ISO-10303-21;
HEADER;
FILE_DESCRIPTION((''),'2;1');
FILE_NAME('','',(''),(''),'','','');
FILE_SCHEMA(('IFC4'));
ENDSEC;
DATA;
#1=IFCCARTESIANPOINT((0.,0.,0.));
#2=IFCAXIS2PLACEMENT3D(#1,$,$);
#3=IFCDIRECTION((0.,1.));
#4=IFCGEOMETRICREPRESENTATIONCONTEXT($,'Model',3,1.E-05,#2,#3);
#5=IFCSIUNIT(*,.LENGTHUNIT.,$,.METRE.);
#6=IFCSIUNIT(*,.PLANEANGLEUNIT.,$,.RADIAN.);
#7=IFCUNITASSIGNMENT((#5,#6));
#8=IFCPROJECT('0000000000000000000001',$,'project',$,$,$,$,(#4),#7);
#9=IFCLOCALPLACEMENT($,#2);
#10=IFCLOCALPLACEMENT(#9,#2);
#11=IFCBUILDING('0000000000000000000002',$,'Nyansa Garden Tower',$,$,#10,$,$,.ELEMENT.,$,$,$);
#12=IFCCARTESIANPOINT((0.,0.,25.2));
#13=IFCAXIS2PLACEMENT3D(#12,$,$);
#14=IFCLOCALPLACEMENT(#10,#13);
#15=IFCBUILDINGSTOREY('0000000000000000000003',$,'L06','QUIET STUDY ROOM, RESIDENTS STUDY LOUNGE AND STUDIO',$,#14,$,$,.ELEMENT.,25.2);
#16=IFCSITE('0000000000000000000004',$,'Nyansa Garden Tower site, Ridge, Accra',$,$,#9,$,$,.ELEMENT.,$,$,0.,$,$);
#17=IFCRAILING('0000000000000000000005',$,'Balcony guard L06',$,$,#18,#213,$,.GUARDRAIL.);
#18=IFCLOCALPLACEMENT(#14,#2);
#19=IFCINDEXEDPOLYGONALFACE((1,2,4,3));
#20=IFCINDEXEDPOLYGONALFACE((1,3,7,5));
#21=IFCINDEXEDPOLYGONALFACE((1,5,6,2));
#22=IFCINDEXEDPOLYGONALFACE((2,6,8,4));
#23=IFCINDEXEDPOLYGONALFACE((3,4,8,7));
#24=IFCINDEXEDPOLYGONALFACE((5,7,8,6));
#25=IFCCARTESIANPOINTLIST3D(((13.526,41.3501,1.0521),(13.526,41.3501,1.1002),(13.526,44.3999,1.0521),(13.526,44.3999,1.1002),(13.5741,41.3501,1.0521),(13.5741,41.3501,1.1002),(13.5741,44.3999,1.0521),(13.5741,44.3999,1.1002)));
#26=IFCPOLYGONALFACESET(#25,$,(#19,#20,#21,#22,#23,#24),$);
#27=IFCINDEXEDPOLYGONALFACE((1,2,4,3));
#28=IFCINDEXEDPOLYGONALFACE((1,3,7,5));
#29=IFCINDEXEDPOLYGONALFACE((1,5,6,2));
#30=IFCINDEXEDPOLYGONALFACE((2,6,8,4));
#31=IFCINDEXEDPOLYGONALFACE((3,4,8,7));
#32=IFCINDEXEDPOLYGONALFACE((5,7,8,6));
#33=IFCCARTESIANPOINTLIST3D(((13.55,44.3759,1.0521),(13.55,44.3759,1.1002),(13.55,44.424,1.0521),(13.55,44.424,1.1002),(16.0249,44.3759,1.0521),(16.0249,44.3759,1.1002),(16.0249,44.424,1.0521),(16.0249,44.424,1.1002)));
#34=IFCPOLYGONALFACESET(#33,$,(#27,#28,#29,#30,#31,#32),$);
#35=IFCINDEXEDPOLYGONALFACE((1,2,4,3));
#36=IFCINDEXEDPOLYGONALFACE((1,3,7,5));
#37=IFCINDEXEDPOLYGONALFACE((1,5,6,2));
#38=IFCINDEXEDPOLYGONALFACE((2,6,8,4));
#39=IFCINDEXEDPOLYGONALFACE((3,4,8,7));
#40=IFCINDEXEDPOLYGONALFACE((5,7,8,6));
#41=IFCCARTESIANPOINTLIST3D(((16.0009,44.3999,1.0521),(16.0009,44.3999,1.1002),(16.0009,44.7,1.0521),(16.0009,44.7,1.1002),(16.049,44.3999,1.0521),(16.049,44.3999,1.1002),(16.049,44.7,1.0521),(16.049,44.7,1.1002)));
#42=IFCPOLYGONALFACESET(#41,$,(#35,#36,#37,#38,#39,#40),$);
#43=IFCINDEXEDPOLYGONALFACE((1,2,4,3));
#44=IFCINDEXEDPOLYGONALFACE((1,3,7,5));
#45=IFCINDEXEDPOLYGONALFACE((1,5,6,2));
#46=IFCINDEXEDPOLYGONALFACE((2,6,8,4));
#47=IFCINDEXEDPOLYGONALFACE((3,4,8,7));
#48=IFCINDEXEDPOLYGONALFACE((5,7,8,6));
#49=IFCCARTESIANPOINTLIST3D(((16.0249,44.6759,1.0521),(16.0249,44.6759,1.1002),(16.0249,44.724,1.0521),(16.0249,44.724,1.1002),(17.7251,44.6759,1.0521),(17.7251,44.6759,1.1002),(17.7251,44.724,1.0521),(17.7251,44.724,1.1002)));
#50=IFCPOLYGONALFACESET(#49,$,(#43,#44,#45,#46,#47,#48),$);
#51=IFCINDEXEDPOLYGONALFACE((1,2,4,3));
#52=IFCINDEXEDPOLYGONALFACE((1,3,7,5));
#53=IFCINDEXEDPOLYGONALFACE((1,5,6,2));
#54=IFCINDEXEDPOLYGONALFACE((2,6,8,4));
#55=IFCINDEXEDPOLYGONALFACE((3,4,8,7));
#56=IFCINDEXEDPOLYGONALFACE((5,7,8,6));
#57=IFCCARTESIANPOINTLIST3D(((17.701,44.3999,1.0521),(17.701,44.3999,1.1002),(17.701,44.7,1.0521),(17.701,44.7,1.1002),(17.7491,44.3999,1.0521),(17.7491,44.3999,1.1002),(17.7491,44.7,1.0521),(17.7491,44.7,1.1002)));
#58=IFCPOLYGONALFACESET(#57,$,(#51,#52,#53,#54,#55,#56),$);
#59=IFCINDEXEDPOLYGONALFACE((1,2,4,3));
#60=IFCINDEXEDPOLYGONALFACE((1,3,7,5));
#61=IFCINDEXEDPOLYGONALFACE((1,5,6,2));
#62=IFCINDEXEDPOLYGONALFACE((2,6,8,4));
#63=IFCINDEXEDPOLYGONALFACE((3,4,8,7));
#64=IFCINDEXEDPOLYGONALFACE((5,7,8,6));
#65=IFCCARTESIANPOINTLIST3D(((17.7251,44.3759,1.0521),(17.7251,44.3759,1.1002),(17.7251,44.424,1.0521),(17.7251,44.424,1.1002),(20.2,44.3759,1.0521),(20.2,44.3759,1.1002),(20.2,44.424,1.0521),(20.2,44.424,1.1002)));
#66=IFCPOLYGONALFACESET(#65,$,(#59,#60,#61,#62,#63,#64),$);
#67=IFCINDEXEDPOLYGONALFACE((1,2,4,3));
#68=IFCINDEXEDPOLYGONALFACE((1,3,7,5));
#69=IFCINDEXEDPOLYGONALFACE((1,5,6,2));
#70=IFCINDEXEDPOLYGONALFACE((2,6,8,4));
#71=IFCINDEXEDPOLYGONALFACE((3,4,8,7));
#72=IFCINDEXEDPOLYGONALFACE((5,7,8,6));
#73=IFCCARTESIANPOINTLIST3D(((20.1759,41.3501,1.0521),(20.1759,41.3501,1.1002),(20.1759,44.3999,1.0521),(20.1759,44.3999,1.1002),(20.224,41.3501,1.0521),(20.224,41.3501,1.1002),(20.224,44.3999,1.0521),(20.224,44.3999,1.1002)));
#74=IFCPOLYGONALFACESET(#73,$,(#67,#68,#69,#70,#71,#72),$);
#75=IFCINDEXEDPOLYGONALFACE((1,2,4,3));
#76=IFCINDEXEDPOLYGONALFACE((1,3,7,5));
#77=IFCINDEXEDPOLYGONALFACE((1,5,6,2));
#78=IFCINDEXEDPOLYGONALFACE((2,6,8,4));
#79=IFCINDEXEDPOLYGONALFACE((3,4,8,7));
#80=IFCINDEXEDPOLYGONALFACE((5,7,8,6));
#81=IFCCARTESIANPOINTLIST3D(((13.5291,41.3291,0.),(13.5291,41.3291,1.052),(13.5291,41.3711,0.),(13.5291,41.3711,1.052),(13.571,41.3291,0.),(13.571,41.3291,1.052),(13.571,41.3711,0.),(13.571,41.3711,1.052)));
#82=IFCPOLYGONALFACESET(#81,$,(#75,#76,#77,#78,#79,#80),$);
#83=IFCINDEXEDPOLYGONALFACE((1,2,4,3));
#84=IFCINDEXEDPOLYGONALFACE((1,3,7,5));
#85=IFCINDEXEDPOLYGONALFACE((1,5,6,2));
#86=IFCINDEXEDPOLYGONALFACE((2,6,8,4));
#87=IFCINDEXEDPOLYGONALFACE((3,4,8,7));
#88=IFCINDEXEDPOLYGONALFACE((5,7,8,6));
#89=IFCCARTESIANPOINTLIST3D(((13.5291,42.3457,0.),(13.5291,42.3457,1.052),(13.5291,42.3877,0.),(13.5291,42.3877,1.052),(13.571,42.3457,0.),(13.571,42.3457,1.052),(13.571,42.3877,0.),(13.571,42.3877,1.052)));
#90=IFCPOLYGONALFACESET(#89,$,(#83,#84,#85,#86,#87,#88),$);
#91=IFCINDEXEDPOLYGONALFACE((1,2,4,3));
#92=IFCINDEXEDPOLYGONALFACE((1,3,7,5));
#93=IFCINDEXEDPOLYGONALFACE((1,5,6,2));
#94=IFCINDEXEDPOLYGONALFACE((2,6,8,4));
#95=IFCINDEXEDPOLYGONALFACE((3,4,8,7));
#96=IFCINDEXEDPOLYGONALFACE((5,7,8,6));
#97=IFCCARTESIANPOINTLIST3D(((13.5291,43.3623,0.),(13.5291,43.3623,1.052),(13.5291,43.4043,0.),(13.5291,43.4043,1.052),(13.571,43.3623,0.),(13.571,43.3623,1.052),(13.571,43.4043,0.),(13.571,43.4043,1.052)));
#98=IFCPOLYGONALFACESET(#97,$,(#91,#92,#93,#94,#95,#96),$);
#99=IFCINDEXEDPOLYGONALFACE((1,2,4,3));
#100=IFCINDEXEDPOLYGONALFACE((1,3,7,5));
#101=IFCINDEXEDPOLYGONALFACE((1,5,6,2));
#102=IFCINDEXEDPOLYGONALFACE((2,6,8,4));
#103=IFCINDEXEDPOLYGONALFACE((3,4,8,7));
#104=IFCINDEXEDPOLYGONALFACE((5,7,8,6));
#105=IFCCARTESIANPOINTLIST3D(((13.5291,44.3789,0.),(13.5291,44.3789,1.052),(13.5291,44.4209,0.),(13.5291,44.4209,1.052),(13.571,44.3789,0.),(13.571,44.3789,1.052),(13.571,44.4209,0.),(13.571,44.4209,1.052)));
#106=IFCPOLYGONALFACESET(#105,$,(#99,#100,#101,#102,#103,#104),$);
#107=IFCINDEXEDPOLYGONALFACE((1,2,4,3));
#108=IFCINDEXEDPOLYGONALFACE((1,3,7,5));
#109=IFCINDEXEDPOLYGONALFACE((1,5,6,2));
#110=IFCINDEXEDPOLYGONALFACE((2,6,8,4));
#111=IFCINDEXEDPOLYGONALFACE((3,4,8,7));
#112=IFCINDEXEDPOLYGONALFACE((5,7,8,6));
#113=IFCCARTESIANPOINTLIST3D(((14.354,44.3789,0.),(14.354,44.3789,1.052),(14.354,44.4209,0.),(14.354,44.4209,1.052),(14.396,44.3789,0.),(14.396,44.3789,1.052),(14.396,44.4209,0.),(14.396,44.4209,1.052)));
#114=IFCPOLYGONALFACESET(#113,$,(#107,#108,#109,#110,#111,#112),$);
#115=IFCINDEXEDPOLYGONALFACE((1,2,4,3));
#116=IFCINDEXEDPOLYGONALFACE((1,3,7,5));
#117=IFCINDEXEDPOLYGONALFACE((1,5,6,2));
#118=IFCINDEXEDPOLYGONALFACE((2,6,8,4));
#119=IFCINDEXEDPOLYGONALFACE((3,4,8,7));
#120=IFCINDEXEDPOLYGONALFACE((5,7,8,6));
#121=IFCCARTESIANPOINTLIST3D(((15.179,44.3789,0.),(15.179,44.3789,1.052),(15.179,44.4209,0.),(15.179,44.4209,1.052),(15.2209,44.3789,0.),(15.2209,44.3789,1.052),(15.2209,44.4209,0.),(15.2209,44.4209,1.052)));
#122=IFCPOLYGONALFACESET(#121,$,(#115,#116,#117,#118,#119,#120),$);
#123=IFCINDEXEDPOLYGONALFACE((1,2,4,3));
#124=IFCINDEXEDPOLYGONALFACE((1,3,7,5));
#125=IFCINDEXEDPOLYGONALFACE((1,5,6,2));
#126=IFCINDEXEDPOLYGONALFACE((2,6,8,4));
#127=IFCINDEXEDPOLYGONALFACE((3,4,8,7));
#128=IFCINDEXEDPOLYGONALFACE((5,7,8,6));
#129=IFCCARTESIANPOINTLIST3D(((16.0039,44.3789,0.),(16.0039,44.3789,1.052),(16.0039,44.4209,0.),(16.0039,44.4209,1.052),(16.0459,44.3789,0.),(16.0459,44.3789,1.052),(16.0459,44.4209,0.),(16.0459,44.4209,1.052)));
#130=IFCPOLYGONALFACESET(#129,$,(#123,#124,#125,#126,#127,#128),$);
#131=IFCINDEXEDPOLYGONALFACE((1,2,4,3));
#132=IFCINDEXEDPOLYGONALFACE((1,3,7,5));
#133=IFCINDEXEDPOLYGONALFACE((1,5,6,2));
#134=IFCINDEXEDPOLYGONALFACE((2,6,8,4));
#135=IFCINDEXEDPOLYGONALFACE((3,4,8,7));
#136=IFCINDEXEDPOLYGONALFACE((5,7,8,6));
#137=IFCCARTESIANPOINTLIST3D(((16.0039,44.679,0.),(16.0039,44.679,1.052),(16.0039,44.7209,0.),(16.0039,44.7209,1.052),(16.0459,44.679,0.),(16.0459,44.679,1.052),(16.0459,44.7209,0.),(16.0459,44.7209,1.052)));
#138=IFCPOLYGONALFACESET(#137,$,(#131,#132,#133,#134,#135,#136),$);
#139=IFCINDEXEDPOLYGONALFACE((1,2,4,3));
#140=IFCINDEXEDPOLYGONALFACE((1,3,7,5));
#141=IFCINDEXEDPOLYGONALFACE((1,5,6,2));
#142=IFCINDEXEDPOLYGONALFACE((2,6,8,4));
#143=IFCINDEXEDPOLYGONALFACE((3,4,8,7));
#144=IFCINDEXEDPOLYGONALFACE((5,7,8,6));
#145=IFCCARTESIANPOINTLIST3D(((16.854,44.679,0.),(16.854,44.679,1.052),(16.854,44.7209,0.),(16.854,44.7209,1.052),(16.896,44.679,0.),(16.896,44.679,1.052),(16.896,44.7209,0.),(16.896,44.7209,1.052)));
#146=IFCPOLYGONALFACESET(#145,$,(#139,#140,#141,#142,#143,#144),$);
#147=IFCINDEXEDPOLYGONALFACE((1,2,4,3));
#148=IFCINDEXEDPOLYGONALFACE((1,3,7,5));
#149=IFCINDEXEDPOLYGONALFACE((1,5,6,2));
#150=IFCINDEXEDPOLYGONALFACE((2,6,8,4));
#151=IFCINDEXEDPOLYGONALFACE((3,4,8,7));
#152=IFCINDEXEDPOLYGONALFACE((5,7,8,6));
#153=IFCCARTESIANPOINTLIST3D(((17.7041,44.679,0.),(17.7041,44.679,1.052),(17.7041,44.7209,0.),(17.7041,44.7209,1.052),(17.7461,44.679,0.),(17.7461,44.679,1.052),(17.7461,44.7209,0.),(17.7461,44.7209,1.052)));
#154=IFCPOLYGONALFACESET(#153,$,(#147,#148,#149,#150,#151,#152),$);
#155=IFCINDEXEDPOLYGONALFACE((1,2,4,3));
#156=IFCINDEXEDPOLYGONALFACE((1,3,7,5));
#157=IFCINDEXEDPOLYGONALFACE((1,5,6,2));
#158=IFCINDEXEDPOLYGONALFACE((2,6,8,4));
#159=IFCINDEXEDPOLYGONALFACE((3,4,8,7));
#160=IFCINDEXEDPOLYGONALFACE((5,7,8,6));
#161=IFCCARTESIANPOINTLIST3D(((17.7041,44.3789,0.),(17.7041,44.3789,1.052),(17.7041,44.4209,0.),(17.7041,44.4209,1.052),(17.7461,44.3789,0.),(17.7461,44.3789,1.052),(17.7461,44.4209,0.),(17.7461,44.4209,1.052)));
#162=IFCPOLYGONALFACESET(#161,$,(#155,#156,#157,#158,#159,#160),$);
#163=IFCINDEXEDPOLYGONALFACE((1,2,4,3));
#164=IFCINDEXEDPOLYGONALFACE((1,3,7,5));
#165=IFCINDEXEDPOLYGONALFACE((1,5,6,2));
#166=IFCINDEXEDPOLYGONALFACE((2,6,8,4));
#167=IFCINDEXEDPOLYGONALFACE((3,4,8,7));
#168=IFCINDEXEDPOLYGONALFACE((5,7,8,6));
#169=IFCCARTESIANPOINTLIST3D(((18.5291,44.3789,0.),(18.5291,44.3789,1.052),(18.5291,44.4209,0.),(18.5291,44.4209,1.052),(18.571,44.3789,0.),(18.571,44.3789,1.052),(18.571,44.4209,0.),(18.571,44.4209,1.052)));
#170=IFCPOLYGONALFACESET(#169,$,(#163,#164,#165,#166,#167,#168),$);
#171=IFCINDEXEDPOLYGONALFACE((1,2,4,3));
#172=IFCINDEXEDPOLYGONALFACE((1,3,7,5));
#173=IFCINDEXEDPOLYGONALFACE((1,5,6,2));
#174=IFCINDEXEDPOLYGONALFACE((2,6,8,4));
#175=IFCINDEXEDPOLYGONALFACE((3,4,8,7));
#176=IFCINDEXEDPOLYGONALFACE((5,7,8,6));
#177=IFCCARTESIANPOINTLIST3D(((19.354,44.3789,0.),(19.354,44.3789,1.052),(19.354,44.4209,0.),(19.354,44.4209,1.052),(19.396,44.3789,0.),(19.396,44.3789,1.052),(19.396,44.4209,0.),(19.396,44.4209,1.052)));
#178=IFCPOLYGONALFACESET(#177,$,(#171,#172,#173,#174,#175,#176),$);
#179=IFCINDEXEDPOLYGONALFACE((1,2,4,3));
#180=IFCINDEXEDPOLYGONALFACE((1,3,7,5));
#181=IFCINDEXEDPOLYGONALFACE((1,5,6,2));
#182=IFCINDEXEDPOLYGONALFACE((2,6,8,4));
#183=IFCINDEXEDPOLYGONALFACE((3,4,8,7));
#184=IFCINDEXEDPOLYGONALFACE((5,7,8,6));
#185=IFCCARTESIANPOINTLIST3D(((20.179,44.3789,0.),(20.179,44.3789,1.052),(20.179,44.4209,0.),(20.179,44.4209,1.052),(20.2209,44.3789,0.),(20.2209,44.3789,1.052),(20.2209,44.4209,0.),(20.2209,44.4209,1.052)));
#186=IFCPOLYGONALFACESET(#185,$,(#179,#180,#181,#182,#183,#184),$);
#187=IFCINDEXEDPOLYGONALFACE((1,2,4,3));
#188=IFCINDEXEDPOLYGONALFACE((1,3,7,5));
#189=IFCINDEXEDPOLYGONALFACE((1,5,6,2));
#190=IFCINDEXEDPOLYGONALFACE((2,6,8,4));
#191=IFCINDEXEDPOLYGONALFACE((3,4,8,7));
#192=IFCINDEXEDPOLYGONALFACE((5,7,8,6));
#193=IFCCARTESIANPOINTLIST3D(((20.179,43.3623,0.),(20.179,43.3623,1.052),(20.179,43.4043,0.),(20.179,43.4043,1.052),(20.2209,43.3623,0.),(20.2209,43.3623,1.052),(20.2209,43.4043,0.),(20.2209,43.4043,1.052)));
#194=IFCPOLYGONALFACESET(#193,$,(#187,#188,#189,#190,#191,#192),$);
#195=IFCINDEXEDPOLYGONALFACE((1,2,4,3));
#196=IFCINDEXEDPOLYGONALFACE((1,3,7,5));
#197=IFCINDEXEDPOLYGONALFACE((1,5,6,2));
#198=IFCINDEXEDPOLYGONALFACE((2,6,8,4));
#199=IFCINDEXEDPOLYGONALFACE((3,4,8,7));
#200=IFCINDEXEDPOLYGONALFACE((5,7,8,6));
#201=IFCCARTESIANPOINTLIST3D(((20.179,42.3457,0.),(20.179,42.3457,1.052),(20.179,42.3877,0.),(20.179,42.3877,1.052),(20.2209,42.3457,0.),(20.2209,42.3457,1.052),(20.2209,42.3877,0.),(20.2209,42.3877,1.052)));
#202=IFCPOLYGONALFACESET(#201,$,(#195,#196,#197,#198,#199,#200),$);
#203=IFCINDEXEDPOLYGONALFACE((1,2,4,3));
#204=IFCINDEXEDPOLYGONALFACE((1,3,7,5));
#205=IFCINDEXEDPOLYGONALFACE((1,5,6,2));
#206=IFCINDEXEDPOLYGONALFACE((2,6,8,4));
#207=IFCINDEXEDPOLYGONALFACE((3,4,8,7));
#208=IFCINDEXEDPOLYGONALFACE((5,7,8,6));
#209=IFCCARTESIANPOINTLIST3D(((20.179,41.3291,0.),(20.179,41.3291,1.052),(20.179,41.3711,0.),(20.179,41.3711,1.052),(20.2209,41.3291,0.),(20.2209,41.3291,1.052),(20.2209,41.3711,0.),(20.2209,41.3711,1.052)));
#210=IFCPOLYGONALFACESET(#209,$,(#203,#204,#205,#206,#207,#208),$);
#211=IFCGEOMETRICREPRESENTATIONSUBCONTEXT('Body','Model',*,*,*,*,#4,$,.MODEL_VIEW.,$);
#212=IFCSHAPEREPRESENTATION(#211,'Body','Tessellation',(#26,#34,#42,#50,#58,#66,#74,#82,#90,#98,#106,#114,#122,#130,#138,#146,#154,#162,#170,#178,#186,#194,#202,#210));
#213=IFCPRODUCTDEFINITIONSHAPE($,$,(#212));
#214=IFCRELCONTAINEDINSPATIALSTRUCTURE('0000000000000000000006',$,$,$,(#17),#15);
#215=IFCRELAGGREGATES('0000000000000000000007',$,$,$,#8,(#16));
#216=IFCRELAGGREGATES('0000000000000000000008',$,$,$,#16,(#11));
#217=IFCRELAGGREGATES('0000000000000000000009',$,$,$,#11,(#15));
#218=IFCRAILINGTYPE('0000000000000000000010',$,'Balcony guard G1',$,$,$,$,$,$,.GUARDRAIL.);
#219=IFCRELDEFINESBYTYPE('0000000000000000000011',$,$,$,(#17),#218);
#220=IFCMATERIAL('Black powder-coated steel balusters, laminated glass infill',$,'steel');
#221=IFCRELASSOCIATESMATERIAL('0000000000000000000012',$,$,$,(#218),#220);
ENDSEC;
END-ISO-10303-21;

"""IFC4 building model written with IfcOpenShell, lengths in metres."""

from ifc_helpers import new_model, si_unit, direction, frame, origin, origin_2d, place, context, subcontext, project, spatial, rectangle, extrude, material, type_object, element, save


model = new_model("IFC4")

# Units and contexts
model_context = context("Model", 3, precision=1e-05, world=origin(), true_north=direction((0.0, 1.0)))
body_context = subcontext(model_context, "Body", "Model", "MODEL_VIEW")
ifc_project = project(units=[si_unit("LENGTHUNIT", "METRE"), si_unit("PLANEANGLEUNIT", "RADIAN")], contexts=[model_context])

# Site, building, storey
site_placement = place(None, origin())
site = spatial("IfcSite", under=ifc_project, at=site_placement, Name="Nyansa Garden Tower site, Ridge, Accra", CompositionType="ELEMENT", RefElevation=0.0)
building_placement = place(site_placement, origin())
building = spatial("IfcBuilding", under=site, at=building_placement, Name="Nyansa Garden Tower", CompositionType="ELEMENT")
storey_placement = place(building_placement, frame((0.0, 0.0, 25.2)))
storey = spatial("IfcBuildingStorey", under=building, at=storey_placement, Name="L06", Description="QUIET STUDY ROOM, RESIDENTS STUDY LOUNGE AND STUDIO", CompositionType="ELEMENT", Elevation=25.2)

# Railing
ifc_material_1 = material(Name="Black powder-coated steel balusters, laminated glass infill", Category="steel")
railing_type = type_object("IfcRailingType", Name="Balcony guard G1", PredefinedType="GUARDRAIL", material=ifc_material_1)
railing_placement = place(storey_placement, frame((13.55, 41.3501, 0.0)))
element("IfcRailing", 1, at=railing_placement, inside=storey, type_object=railing_type, Name="Balcony guard L06", PredefinedType="GUARDRAIL", context=body_context, shape_type="SweptSolid", body=[
    extrude(rectangle(XDim=0.0481, YDim=0.0481, at=origin_2d()), frame((0.0, 0.0, 1.0762), z_axis=(0.0, 1.0, 0.0), x_axis=(-1.0, 0.0, 0.0)), (0.0, 0.0, 1.0), 3.0498),
    extrude(rectangle(XDim=0.0481, YDim=0.0481, at=origin_2d()), frame((0.0, 3.0498, 1.0762), z_axis=(1.0, 0.0, 0.0), x_axis=(0.0, 1.0, 0.0)), (0.0, 0.0, 1.0), 2.4749),
    extrude(rectangle(XDim=0.0481, YDim=0.0481, at=origin_2d()), frame((2.4749, 3.0498, 1.0762), z_axis=(0.0, 1.0, 0.0), x_axis=(-1.0, 0.0, 0.0)), (0.0, 0.0, 1.0), 0.3),
    extrude(rectangle(XDim=0.0481, YDim=0.0481, at=origin_2d()), frame((2.4749, 3.3499, 1.0762), z_axis=(1.0, 0.0, 0.0), x_axis=(0.0, 1.0, 0.0)), (0.0, 0.0, 1.0), 1.7002),
    extrude(rectangle(XDim=0.0481, YDim=0.0481, at=origin_2d()), frame((4.175, 3.3499, 1.0762), z_axis=(0.0, -1.0, 0.0), x_axis=(1.0, 0.0, 0.0)), (0.0, 0.0, 1.0), 0.3),
    extrude(rectangle(XDim=0.0481, YDim=0.0481, at=origin_2d()), frame((4.175, 3.0498, 1.0762), z_axis=(1.0, 0.0, 0.0), x_axis=(0.0, 1.0, 0.0)), (0.0, 0.0, 1.0), 2.4749),
    extrude(rectangle(XDim=0.0481, YDim=0.0481, at=origin_2d()), frame((6.6499, 3.0498, 1.0762), z_axis=(0.0, -1.0, 0.0), x_axis=(1.0, 0.0, 0.0)), (0.0, 0.0, 1.0), 3.0498),
    extrude(rectangle(XDim=0.042, YDim=0.042, at=origin_2d()), origin(), (0.0, 0.0, 1.0), 1.052),
    extrude(rectangle(XDim=0.042, YDim=0.042, at=origin_2d()), frame((0.0, 1.0166, 0.0)), (0.0, 0.0, 1.0), 1.052),
    extrude(rectangle(XDim=0.042, YDim=0.042, at=origin_2d()), frame((0.0, 2.0332, 0.0)), (0.0, 0.0, 1.0), 1.052),
    extrude(rectangle(XDim=0.042, YDim=0.042, at=origin_2d()), frame((0.0, 3.0498, 0.0)), (0.0, 0.0, 1.0), 1.052),
    extrude(rectangle(XDim=0.042, YDim=0.042, at=origin_2d()), frame((0.825, 3.0498, 0.0)), (0.0, 0.0, 1.0), 1.052),
    extrude(rectangle(XDim=0.042, YDim=0.042, at=origin_2d()), frame((1.6499, 3.0498, 0.0)), (0.0, 0.0, 1.0), 1.052),
    extrude(rectangle(XDim=0.042, YDim=0.042, at=origin_2d()), frame((2.4749, 3.0498, 0.0)), (0.0, 0.0, 1.0), 1.052),
    extrude(rectangle(XDim=0.042, YDim=0.042, at=origin_2d()), frame((2.4749, 3.3499, 0.0)), (0.0, 0.0, 1.0), 1.052),
    extrude(rectangle(XDim=0.042, YDim=0.042, at=origin_2d()), frame((3.325, 3.3499, 0.0)), (0.0, 0.0, 1.0), 1.052),
    extrude(rectangle(XDim=0.042, YDim=0.042, at=origin_2d()), frame((4.175, 3.3499, 0.0)), (0.0, 0.0, 1.0), 1.052),
    extrude(rectangle(XDim=0.042, YDim=0.042, at=origin_2d()), frame((4.175, 3.0498, 0.0)), (0.0, 0.0, 1.0), 1.052),
    extrude(rectangle(XDim=0.042, YDim=0.042, at=origin_2d()), frame((5.0, 3.0498, 0.0)), (0.0, 0.0, 1.0), 1.052),
    extrude(rectangle(XDim=0.042, YDim=0.042, at=origin_2d()), frame((5.825, 3.0498, 0.0)), (0.0, 0.0, 1.0), 1.052),
    extrude(rectangle(XDim=0.042, YDim=0.042, at=origin_2d()), frame((6.6499, 3.0498, 0.0)), (0.0, 0.0, 1.0), 1.052),
    extrude(rectangle(XDim=0.042, YDim=0.042, at=origin_2d()), frame((6.6499, 2.0332, 0.0)), (0.0, 0.0, 1.0), 1.052),
    extrude(rectangle(XDim=0.042, YDim=0.042, at=origin_2d()), frame((6.6499, 1.0166, 0.0)), (0.0, 0.0, 1.0), 1.052),
    extrude(rectangle(XDim=0.042, YDim=0.042, at=origin_2d()), frame((6.6499, 0.0, 0.0)), (0.0, 0.0, 1.0), 1.052),
])

save(model, "model.ifc")
